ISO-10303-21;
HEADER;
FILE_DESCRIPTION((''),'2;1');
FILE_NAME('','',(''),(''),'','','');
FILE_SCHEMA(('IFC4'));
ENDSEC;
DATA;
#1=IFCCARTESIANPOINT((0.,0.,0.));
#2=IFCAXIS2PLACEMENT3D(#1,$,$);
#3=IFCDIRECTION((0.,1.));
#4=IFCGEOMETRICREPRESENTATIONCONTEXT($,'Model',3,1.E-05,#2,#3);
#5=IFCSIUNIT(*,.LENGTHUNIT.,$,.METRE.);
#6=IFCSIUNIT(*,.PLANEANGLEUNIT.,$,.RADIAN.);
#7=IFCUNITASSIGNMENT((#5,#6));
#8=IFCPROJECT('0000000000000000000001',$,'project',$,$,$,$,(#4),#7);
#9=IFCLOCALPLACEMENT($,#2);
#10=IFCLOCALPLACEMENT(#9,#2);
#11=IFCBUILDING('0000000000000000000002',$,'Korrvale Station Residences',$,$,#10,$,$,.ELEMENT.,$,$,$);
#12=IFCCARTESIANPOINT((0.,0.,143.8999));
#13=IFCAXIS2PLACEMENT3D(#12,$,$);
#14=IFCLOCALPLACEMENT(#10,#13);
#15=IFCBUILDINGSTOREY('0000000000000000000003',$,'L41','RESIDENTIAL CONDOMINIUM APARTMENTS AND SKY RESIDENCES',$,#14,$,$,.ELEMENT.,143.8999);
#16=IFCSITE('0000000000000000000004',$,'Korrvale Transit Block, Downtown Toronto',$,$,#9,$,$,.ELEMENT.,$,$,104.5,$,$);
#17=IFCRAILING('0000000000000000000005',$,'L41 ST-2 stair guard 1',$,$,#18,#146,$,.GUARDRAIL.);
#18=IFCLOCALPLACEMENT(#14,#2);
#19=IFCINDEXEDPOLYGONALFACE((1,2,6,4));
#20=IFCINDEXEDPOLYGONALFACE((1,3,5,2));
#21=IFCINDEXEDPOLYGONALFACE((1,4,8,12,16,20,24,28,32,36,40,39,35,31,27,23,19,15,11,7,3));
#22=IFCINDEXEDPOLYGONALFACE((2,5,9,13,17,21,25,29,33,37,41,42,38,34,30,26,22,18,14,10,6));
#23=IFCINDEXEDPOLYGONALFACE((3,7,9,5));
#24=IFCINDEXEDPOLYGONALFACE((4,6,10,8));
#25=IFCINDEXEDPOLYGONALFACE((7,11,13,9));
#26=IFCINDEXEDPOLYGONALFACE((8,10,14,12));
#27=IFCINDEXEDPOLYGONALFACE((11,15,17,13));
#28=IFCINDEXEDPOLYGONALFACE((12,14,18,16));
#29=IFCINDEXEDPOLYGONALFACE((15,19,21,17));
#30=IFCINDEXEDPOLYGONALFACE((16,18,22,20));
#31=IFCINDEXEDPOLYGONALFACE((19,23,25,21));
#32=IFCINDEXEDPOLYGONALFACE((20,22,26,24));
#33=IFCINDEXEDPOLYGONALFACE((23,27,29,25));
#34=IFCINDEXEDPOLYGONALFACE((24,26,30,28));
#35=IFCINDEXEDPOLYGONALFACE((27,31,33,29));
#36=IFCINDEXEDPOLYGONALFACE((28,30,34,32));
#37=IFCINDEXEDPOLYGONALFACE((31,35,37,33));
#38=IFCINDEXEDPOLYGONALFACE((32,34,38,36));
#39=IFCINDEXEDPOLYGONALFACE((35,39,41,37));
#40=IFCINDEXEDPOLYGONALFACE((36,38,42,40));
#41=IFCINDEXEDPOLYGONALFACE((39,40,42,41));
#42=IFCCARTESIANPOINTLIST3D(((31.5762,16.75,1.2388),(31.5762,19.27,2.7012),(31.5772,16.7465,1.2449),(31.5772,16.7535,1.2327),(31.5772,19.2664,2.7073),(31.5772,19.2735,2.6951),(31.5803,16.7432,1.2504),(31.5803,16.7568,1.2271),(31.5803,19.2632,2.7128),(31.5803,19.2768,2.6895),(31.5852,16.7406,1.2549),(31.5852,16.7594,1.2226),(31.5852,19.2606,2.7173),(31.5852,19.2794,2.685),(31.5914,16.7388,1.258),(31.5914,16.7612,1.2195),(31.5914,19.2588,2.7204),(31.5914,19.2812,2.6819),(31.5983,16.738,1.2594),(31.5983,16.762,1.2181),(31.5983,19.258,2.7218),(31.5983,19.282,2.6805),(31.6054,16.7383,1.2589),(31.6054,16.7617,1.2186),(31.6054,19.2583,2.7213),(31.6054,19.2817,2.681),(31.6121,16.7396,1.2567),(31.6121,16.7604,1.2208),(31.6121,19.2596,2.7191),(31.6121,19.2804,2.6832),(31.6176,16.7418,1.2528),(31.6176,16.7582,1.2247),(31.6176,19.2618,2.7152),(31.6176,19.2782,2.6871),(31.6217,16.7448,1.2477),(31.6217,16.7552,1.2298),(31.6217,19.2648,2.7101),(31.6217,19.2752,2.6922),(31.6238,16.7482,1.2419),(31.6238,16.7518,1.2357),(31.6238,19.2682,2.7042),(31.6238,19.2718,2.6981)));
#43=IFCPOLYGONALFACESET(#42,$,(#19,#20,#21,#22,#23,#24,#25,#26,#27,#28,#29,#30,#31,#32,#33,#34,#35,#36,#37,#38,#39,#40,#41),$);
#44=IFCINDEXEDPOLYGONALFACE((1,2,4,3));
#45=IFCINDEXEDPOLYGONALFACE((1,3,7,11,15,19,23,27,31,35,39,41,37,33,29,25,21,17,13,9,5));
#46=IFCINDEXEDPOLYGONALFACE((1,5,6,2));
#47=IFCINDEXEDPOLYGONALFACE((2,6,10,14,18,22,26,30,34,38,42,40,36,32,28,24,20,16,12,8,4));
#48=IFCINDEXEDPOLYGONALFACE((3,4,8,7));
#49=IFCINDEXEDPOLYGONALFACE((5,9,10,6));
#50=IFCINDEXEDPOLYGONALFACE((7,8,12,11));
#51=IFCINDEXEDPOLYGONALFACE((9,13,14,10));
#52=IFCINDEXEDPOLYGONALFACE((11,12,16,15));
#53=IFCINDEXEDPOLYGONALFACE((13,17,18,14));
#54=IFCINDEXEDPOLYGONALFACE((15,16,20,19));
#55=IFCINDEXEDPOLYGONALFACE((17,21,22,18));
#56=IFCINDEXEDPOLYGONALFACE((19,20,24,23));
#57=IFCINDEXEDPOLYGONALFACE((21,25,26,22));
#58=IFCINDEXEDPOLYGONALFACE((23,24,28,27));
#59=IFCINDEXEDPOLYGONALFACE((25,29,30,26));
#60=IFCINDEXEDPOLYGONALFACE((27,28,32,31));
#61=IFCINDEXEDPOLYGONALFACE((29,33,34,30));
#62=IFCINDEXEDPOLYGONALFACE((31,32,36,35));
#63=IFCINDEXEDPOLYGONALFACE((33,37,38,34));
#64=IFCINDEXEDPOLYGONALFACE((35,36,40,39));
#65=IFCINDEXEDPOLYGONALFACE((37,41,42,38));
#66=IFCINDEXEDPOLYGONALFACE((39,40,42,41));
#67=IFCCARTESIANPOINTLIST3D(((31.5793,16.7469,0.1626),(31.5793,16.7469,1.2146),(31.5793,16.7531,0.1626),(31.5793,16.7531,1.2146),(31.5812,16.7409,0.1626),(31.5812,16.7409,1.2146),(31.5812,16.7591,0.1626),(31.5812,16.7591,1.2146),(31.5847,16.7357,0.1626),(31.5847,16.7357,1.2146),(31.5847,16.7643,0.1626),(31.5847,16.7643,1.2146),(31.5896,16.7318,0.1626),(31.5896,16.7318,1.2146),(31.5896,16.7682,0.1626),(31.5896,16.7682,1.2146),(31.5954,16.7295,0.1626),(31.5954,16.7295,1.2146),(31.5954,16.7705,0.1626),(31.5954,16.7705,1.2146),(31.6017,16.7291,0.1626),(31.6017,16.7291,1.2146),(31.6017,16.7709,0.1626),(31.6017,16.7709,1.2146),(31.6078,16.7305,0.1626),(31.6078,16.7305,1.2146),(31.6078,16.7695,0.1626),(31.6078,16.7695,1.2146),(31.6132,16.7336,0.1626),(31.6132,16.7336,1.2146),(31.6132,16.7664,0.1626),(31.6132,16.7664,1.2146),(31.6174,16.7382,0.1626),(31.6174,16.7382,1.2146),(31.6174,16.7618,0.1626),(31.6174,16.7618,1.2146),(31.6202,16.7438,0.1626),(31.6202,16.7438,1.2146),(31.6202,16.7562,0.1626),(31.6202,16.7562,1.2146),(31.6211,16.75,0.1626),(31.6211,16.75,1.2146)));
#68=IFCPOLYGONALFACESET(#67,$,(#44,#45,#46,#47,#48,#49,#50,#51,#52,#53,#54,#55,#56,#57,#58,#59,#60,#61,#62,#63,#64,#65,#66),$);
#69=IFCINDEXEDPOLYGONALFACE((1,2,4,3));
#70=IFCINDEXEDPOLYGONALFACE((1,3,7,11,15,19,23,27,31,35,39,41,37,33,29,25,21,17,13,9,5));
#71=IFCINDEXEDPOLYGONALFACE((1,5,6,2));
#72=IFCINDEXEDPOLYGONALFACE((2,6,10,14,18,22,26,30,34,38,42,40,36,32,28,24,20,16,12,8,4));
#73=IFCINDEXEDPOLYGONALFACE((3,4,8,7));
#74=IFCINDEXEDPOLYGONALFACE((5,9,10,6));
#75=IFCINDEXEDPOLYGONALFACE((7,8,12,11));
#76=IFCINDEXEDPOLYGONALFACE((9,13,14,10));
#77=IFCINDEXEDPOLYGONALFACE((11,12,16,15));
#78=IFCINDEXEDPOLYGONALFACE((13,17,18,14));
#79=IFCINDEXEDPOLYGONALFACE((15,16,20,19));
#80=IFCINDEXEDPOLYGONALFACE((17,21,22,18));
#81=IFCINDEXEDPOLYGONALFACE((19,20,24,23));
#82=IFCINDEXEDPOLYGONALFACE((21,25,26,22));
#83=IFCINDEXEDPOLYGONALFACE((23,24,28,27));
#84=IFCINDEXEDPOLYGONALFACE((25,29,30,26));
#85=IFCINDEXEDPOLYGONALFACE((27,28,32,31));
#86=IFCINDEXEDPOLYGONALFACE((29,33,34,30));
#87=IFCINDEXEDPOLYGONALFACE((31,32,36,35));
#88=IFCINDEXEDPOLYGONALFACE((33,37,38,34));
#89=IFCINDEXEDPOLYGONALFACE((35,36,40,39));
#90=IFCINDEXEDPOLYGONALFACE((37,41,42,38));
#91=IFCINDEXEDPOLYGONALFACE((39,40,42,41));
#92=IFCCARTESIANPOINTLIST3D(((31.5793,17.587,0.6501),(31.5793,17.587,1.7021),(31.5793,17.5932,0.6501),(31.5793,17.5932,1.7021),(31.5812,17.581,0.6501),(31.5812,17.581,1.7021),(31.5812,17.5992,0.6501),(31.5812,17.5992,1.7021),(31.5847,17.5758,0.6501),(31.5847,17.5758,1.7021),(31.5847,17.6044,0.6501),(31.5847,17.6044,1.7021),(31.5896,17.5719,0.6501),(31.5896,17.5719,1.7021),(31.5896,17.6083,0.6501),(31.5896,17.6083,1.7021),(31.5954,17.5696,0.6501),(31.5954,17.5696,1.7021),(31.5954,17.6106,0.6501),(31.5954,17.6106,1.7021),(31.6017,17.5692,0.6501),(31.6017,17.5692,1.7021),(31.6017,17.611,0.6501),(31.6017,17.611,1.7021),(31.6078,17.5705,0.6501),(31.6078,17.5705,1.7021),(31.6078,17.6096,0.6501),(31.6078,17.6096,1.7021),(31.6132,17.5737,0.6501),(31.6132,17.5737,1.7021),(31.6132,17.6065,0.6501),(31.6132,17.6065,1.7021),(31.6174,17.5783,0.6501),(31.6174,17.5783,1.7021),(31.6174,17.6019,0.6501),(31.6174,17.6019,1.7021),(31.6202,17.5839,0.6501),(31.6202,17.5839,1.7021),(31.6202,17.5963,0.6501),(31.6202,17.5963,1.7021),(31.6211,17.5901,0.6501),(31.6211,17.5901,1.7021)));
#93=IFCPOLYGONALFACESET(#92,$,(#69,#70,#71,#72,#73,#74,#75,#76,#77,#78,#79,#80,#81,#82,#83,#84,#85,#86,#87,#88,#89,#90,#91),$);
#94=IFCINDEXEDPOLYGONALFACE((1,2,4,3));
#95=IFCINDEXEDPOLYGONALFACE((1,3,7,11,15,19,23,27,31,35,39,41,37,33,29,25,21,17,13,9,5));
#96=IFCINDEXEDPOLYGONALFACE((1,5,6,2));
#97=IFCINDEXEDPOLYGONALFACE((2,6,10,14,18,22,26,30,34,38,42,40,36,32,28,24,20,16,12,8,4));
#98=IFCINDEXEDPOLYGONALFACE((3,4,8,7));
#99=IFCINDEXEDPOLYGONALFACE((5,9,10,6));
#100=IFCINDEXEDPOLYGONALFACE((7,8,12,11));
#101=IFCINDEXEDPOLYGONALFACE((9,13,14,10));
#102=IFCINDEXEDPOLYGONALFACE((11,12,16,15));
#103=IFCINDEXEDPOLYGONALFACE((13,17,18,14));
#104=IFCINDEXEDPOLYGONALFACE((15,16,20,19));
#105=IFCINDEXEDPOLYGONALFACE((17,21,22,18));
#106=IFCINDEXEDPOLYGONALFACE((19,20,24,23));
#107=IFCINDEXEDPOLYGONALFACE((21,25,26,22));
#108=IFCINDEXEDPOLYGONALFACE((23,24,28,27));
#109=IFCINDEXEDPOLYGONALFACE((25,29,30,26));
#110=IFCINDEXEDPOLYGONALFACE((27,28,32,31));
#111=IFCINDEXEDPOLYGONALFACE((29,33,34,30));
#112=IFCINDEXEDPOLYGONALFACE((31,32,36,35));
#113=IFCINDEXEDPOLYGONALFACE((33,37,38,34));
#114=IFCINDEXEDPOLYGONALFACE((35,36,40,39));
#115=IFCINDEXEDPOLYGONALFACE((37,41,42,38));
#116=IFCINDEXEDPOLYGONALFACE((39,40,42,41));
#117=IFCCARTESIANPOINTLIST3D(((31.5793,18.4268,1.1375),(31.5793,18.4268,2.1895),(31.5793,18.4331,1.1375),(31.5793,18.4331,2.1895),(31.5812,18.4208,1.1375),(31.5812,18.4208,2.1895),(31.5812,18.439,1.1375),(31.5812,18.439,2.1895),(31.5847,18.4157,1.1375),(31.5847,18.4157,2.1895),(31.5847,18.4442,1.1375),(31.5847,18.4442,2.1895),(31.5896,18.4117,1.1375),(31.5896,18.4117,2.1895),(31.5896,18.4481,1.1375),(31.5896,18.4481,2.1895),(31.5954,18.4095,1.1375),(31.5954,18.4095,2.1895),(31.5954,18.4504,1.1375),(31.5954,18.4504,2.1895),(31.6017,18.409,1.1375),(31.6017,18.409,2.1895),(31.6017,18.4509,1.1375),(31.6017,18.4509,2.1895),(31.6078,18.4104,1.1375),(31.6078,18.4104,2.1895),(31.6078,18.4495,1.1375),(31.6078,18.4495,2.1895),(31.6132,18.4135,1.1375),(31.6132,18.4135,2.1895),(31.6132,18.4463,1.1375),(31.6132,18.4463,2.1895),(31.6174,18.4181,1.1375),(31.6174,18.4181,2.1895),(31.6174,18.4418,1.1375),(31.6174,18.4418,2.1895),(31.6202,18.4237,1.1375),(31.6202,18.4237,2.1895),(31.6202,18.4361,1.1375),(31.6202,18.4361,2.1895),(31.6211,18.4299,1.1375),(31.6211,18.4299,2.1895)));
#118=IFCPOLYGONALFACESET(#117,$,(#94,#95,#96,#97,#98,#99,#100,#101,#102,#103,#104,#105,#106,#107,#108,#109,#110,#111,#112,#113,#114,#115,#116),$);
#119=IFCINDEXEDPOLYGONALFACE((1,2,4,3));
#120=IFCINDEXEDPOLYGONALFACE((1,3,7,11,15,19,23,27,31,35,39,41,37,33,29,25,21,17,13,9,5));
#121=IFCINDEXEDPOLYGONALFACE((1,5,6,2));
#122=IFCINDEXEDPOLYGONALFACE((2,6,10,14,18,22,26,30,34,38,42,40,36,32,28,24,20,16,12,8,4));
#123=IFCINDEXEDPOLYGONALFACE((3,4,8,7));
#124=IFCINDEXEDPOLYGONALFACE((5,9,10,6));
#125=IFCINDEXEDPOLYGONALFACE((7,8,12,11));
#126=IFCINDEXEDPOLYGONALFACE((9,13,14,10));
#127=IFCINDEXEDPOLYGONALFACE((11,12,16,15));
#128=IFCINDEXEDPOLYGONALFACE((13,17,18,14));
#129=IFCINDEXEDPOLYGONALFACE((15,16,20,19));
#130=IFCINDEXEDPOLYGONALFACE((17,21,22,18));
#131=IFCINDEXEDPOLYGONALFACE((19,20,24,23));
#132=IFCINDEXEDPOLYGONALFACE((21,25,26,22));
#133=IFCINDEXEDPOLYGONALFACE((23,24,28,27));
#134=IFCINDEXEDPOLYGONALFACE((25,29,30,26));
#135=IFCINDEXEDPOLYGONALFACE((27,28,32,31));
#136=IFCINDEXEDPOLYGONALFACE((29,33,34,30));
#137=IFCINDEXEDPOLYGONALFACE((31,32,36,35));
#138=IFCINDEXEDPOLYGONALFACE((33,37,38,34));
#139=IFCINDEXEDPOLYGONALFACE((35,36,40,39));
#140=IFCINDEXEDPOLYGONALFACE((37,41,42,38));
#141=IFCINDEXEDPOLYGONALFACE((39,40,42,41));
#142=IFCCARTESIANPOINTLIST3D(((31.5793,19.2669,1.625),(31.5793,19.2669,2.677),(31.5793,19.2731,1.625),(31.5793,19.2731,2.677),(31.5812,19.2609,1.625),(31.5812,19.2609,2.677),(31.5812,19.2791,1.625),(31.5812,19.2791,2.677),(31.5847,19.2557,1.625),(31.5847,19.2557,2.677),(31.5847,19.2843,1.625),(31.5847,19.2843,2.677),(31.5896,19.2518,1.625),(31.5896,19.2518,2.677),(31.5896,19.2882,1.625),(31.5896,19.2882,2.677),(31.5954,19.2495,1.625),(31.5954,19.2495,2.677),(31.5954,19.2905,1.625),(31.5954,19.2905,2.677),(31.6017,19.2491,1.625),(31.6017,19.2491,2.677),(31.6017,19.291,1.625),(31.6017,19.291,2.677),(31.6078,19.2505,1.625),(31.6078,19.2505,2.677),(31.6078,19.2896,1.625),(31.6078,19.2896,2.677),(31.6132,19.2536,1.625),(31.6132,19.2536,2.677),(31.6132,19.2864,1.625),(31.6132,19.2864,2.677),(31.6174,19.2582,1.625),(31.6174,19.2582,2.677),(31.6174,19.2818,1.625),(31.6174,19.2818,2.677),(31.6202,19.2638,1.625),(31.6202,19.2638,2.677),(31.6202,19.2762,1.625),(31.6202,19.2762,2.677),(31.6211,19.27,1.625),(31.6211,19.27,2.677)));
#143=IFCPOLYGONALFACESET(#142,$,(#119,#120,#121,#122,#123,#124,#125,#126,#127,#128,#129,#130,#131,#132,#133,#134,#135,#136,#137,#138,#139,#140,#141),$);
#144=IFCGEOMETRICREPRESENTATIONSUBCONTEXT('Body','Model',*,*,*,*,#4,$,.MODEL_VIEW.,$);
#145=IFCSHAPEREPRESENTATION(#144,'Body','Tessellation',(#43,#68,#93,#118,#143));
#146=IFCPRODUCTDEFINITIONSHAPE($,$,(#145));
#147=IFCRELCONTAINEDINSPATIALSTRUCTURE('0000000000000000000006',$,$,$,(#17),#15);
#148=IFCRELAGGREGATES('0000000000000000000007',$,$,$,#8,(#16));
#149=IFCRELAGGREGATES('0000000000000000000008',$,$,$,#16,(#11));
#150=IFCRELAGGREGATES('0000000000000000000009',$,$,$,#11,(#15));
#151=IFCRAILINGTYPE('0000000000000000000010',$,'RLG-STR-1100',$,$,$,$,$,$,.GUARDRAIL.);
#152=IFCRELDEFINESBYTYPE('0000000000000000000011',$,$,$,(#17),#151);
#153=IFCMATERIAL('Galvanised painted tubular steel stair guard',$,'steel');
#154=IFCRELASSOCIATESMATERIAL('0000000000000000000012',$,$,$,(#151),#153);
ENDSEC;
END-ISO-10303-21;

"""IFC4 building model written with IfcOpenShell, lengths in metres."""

from ifc_helpers import new_model, si_unit, direction, frame, origin, origin_2d, place, context, subcontext, project, spatial, circle, extrude, material, type_object, element, save


model = new_model("IFC4")

# Units and contexts
model_context = context("Model", 3, precision=1e-05, world=origin(), true_north=direction((0.0, 1.0)))
body_context = subcontext(model_context, "Body", "Model", "MODEL_VIEW")
ifc_project = project(units=[si_unit("LENGTHUNIT", "METRE"), si_unit("PLANEANGLEUNIT", "RADIAN")], contexts=[model_context])

# Site, building, storey
site_placement = place(None, origin())
site = spatial("IfcSite", under=ifc_project, at=site_placement, Name="Korrvale Transit Block, Downtown Toronto", CompositionType="ELEMENT", RefElevation=104.5)
building_placement = place(site_placement, origin())
building = spatial("IfcBuilding", under=site, at=building_placement, Name="Korrvale Station Residences", CompositionType="ELEMENT")
storey_placement = place(building_placement, frame((0.0, 0.0, 143.8999)))
storey = spatial("IfcBuildingStorey", under=building, at=storey_placement, Name="L41", Description="RESIDENTIAL CONDOMINIUM APARTMENTS AND SKY RESIDENCES", CompositionType="ELEMENT", Elevation=143.8999)

# Railing
ifc_material_1 = material(Name="Galvanised painted tubular steel stair guard", Category="steel")
railing_type_1 = type_object("IfcRailingType", Name="RLG-STR-1100", PredefinedType="GUARDRAIL", material=ifc_material_1)
railing_1_placement = place(storey_placement, frame((31.6001, 16.75, 0.1626)))
element("IfcRailing", 1, at=railing_1_placement, inside=storey, type_object=railing_type_1, Name="L41 ST-2 stair guard 1", PredefinedType="GUARDRAIL", context=body_context, shape_type="SweptSolid", body=[
    extrude(circle(Radius=0.0239, at=origin_2d()), frame((0.0, 0.0, 1.0762), z_axis=(0.0, 0.864913, 0.501921), x_axis=(-1.0, 0.0, 0.0)), (0.0, 0.0, 1.0), 2.9136),
    extrude(circle(Radius=0.021, at=origin_2d()), origin(), (0.0, 0.0, 1.0), 1.052),
    extrude(circle(Radius=0.021, at=origin_2d()), frame((0.0, 0.8401, 0.4875)), (0.0, 0.0, 1.0), 1.052),
    extrude(circle(Radius=0.021, at=origin_2d()), frame((0.0, 1.6799, 0.9749)), (0.0, 0.0, 1.0), 1.052),
    extrude(circle(Radius=0.021, at=origin_2d()), frame((0.0, 2.52, 1.4624)), (0.0, 0.0, 1.0), 1.052),
])

save(model, "model.ifc")
